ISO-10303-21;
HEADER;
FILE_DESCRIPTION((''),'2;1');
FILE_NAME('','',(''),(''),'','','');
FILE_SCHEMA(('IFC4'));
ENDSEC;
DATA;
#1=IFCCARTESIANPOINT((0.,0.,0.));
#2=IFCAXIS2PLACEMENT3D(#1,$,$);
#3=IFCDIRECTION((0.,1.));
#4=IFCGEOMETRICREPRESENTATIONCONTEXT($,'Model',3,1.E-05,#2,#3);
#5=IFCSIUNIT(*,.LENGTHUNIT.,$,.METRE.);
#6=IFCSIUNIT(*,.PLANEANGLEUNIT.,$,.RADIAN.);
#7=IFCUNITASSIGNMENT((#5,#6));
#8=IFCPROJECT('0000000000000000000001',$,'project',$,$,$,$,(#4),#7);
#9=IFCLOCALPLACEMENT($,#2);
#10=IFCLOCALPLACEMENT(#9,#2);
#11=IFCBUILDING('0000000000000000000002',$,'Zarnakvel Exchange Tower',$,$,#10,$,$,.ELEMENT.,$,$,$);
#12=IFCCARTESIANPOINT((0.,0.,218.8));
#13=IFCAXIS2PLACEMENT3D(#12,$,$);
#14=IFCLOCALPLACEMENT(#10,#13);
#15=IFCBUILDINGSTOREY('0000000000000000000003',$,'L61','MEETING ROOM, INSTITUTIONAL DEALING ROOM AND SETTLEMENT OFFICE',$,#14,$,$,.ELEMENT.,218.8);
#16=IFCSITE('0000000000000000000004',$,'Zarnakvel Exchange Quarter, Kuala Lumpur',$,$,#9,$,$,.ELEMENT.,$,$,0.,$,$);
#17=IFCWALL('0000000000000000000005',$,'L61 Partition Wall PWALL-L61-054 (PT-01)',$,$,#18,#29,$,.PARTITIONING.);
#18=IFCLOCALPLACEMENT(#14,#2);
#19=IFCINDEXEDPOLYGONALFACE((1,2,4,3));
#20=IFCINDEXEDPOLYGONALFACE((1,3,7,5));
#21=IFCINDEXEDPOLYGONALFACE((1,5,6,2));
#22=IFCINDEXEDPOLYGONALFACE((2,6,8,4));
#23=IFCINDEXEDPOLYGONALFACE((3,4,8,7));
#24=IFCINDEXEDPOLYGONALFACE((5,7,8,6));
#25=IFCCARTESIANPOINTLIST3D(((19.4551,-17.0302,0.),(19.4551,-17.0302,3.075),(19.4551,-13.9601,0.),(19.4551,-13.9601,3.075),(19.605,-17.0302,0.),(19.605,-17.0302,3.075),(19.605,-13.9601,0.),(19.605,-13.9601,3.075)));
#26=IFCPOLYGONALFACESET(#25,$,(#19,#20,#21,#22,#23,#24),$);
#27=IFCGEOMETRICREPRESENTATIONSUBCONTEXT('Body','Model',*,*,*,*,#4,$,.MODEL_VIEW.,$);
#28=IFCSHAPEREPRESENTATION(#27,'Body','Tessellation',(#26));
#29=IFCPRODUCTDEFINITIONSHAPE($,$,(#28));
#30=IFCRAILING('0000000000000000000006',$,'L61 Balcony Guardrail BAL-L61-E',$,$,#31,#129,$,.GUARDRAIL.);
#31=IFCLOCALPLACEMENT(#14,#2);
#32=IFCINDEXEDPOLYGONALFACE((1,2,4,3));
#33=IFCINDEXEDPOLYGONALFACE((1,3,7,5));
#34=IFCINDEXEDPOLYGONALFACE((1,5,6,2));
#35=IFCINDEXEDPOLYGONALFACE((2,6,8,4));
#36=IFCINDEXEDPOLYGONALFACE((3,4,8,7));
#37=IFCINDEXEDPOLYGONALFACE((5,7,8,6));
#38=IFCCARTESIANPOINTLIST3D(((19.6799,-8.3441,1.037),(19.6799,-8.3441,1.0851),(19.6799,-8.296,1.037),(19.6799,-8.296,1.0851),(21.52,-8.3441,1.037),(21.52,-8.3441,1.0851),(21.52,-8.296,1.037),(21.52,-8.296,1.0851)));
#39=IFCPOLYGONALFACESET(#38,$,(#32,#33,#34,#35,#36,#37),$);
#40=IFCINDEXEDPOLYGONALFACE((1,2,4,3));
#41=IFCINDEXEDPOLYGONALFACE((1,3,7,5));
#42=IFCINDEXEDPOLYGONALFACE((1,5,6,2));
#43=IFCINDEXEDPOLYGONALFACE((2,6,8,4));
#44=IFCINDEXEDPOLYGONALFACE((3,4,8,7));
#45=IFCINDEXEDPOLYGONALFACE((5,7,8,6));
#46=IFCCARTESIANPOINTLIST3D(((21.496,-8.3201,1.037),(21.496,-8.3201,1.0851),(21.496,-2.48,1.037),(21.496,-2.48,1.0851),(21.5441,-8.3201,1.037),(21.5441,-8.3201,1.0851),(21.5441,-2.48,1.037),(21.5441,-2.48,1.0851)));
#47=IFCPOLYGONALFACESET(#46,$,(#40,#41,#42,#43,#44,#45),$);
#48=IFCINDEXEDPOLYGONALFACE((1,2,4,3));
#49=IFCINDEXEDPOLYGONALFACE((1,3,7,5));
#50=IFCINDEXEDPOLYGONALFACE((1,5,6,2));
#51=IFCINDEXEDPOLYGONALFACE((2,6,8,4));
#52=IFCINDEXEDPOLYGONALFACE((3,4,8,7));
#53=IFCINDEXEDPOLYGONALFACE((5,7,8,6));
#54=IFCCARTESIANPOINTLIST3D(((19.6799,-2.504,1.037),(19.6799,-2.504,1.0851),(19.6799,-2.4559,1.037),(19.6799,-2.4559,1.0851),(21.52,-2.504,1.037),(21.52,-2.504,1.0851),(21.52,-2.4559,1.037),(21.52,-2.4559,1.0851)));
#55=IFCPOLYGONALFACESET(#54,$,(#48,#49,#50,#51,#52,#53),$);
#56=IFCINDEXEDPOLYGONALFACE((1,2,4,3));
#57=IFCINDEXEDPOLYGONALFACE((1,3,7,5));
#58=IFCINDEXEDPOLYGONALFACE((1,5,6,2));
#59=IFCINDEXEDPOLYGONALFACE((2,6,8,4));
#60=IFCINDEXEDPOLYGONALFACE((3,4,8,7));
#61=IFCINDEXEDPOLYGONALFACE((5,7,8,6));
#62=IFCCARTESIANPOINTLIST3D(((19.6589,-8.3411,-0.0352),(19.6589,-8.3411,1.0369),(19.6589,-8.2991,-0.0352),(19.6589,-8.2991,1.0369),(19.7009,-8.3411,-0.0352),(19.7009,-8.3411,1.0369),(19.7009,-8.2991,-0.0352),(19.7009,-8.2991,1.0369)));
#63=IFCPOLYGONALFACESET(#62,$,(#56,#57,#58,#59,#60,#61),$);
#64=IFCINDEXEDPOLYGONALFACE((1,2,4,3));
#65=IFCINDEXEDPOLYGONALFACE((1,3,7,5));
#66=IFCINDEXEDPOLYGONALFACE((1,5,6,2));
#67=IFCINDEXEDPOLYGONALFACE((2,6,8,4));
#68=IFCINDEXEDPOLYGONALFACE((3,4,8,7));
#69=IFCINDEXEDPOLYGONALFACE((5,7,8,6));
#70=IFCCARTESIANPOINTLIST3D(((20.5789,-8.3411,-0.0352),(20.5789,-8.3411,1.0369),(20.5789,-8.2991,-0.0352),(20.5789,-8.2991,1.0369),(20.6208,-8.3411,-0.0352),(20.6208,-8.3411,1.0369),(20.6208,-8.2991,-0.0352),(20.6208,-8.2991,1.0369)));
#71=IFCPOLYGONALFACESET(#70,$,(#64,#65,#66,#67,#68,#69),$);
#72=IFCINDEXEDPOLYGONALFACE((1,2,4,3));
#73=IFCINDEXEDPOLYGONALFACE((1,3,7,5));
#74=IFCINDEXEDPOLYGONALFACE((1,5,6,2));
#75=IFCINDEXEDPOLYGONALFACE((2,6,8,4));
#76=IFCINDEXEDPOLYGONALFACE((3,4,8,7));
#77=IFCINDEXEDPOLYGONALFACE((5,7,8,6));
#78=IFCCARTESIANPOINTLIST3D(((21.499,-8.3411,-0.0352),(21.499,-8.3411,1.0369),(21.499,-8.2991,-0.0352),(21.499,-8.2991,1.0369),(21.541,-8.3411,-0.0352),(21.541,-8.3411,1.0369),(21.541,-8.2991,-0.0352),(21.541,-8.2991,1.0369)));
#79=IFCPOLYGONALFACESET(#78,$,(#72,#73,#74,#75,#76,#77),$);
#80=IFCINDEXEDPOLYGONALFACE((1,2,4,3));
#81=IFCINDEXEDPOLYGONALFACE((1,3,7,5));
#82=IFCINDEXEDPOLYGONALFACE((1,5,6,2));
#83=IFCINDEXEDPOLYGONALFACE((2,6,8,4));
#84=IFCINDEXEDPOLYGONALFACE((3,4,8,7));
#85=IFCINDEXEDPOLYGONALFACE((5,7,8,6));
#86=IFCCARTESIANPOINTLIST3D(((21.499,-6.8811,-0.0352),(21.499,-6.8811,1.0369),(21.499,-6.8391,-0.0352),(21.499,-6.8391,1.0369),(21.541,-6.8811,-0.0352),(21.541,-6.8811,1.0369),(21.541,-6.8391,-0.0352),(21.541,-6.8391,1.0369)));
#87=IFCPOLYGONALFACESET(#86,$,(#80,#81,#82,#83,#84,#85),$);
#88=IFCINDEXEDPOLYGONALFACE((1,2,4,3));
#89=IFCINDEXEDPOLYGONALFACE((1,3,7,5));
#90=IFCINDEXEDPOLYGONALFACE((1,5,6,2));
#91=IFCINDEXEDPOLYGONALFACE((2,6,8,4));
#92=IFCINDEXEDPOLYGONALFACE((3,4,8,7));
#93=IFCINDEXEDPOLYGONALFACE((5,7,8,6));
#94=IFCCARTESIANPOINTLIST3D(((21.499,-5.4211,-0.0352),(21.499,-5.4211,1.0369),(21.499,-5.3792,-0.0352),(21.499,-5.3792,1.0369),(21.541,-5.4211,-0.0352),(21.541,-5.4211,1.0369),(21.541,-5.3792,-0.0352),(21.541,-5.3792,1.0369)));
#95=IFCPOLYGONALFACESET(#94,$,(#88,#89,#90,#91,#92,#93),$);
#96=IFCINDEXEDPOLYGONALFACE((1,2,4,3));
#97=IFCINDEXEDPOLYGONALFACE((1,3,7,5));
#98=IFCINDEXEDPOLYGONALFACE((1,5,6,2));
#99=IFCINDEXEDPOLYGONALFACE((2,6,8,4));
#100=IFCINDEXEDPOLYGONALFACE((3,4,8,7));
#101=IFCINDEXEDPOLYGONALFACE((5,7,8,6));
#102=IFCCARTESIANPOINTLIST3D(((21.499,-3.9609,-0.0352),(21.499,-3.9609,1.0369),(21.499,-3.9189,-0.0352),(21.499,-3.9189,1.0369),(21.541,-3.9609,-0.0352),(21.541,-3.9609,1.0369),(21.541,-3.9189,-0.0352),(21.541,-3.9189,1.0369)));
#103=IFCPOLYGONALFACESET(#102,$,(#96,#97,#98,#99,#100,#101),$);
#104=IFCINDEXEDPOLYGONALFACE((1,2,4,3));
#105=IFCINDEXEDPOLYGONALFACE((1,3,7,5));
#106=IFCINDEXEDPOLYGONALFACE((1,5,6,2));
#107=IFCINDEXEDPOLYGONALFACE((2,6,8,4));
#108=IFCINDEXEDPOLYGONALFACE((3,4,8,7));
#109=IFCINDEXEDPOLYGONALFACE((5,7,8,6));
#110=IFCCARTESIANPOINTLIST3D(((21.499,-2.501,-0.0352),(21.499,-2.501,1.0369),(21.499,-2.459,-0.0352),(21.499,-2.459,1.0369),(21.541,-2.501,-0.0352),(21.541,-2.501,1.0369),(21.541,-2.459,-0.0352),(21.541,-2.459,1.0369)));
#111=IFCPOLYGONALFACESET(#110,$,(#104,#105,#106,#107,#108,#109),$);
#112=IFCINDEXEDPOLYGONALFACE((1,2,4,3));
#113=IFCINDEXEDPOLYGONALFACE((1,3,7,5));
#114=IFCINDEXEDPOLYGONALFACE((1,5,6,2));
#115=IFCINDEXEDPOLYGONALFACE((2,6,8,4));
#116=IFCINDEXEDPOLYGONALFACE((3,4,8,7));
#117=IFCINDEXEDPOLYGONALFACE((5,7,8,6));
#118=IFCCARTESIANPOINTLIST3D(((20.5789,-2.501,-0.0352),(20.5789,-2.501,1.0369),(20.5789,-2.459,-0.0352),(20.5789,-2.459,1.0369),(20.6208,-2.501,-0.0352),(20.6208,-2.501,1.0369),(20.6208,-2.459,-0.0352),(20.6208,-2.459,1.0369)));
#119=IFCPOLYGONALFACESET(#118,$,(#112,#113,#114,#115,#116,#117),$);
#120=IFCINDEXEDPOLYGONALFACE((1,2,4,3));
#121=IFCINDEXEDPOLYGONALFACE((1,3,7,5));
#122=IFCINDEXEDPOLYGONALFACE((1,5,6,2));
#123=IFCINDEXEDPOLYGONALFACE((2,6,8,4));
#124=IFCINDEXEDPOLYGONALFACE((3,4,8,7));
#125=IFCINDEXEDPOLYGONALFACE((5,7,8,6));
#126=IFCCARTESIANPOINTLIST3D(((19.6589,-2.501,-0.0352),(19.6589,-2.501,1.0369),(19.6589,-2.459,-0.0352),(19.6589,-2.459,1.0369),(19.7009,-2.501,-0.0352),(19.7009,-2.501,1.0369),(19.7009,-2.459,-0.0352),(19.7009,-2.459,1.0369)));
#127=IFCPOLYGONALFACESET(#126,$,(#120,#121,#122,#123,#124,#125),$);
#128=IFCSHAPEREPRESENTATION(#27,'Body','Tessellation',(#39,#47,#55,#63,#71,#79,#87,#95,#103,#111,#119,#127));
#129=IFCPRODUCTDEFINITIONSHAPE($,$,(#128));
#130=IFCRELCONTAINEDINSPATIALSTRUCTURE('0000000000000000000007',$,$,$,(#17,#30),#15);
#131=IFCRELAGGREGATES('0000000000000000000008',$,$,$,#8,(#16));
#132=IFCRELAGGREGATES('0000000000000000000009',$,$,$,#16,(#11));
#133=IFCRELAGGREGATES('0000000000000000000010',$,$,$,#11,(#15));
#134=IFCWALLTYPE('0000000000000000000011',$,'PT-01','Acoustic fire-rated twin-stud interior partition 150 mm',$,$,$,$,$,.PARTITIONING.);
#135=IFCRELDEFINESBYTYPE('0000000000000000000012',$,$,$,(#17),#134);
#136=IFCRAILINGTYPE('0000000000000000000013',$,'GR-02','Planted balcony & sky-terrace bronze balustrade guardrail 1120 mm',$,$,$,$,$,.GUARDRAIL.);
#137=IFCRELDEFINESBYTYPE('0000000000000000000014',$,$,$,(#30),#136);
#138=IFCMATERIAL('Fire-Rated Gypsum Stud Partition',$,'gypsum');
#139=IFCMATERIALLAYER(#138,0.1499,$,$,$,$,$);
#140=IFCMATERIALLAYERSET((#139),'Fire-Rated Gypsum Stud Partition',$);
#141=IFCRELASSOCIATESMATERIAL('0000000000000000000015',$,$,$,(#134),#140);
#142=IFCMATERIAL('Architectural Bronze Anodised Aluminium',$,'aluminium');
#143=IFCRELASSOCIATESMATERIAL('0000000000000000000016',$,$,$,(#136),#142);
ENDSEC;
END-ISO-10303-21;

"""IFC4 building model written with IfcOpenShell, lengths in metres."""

from ifc_helpers import new_model, si_unit, direction, frame, frame_2d, origin, origin_2d, place, context, subcontext, project, spatial, rectangle, extrude, material, layer, layer_set, type_object, element, save


model = new_model("IFC4")

# Units and contexts
model_context = context("Model", 3, precision=1e-05, world=origin(), true_north=direction((0.0, 1.0)))
body_context = subcontext(model_context, "Body", "Model", "MODEL_VIEW")
ifc_project = project(units=[si_unit("LENGTHUNIT", "METRE"), si_unit("PLANEANGLEUNIT", "RADIAN")], contexts=[model_context])

# Site, building, storey
site_placement = place(None, origin())
site = spatial("IfcSite", under=ifc_project, at=site_placement, Name="Zarnakvel Exchange Quarter, Kuala Lumpur", CompositionType="ELEMENT", RefElevation=0.0)
building_placement = place(site_placement, origin())
building = spatial("IfcBuilding", under=site, at=building_placement, Name="Zarnakvel Exchange Tower", CompositionType="ELEMENT")
storey_placement = place(building_placement, frame((0.0, 0.0, 218.8)))
storey = spatial("IfcBuildingStorey", under=building, at=storey_placement, Name="L61", Description="MEETING ROOM, INSTITUTIONAL DEALING ROOM AND SETTLEMENT OFFICE", CompositionType="ELEMENT", Elevation=218.8)

# Shared definitions
ifc_material_1 = material(Name="Architectural Bronze Anodised Aluminium", Category="aluminium")

# Wall
ifc_material_2 = material(Name="Fire-Rated Gypsum Stud Partition", Category="gypsum")
ifc_layer_1 = layer(ifc_material_2, 0.1499)
ifc_layer_set_1 = layer_set([ifc_layer_1], Name="Fire-Rated Gypsum Stud Partition")
wall_type_1 = type_object("IfcWallType", Name="PT-01", Description="Acoustic fire-rated twin-stud interior partition 150 mm", PredefinedType="PARTITIONING", material=ifc_layer_set_1)
wall_1_placement = place(storey_placement, frame((19.53, -13.96, 0.0), z_axis=(0.0, 0.0, 1.0), x_axis=(0.0, -1.0, 0.0)))
element("IfcWall", 1, at=wall_1_placement, inside=storey, type_object=wall_type_1, Name="L61 Partition Wall PWALL-L61-054 (PT-01)", PredefinedType="PARTITIONING", context=body_context, shape_type="SweptSolid", body=[
    extrude(rectangle(XDim=3.0701, YDim=0.1499, at=frame_2d((1.5352, 0.0))), origin(), (0.0, 0.0, 1.0), 3.075),
])

# Railing
railing_type = type_object("IfcRailingType", Name="GR-02", Description="Planted balcony & sky-terrace bronze balustrade guardrail 1120 mm", PredefinedType="GUARDRAIL", material=ifc_material_1)
railing_placement = place(storey_placement, frame((19.6799, -8.3201, -0.0352)))
element("IfcRailing", 2, at=railing_placement, inside=storey, type_object=railing_type, Name="L61 Balcony Guardrail BAL-L61-E", PredefinedType="GUARDRAIL", context=body_context, shape_type="SweptSolid", body=[
    extrude(rectangle(XDim=0.0481, YDim=0.0481, at=origin_2d()), frame((0.0, 0.0, 1.0962), z_axis=(1.0, 0.0, 0.0), x_axis=(0.0, 1.0, 0.0)), (0.0, 0.0, 1.0), 1.8401),
    extrude(rectangle(XDim=0.0481, YDim=0.0481, at=origin_2d()), frame((1.8401, 0.0, 1.0962), z_axis=(0.0, 1.0, 0.0), x_axis=(-1.0, 0.0, 0.0)), (0.0, 0.0, 1.0), 5.8401),
    extrude(rectangle(XDim=0.0481, YDim=0.0481, at=origin_2d()), frame((1.8401, 5.8401, 1.0962), z_axis=(-1.0, 0.0, 0.0), x_axis=(0.0, -1.0, 0.0)), (0.0, 0.0, 1.0), 1.8401),
    extrude(rectangle(XDim=0.042, YDim=0.042, at=origin_2d()), origin(), (0.0, 0.0, 1.0), 1.072),
    extrude(rectangle(XDim=0.042, YDim=0.042, at=origin_2d()), frame((0.9199, 0.0, 0.0)), (0.0, 0.0, 1.0), 1.072),
    extrude(rectangle(XDim=0.042, YDim=0.042, at=origin_2d()), frame((1.8401, 0.0, 0.0)), (0.0, 0.0, 1.0), 1.072),
    extrude(rectangle(XDim=0.042, YDim=0.042, at=origin_2d()), frame((1.8401, 1.46, 0.0)), (0.0, 0.0, 1.0), 1.072),
    extrude(rectangle(XDim=0.042, YDim=0.042, at=origin_2d()), frame((1.8401, 2.9199, 0.0)), (0.0, 0.0, 1.0), 1.072),
    extrude(rectangle(XDim=0.042, YDim=0.042, at=origin_2d()), frame((1.8401, 4.3801, 0.0)), (0.0, 0.0, 1.0), 1.072),
    extrude(rectangle(XDim=0.042, YDim=0.042, at=origin_2d()), frame((1.8401, 5.8401, 0.0)), (0.0, 0.0, 1.0), 1.072),
    extrude(rectangle(XDim=0.042, YDim=0.042, at=origin_2d()), frame((0.9199, 5.8401, 0.0)), (0.0, 0.0, 1.0), 1.072),
    extrude(rectangle(XDim=0.042, YDim=0.042, at=origin_2d()), frame((0.0, 5.8401, 0.0)), (0.0, 0.0, 1.0), 1.072),
])

save(model, "model.ifc")
